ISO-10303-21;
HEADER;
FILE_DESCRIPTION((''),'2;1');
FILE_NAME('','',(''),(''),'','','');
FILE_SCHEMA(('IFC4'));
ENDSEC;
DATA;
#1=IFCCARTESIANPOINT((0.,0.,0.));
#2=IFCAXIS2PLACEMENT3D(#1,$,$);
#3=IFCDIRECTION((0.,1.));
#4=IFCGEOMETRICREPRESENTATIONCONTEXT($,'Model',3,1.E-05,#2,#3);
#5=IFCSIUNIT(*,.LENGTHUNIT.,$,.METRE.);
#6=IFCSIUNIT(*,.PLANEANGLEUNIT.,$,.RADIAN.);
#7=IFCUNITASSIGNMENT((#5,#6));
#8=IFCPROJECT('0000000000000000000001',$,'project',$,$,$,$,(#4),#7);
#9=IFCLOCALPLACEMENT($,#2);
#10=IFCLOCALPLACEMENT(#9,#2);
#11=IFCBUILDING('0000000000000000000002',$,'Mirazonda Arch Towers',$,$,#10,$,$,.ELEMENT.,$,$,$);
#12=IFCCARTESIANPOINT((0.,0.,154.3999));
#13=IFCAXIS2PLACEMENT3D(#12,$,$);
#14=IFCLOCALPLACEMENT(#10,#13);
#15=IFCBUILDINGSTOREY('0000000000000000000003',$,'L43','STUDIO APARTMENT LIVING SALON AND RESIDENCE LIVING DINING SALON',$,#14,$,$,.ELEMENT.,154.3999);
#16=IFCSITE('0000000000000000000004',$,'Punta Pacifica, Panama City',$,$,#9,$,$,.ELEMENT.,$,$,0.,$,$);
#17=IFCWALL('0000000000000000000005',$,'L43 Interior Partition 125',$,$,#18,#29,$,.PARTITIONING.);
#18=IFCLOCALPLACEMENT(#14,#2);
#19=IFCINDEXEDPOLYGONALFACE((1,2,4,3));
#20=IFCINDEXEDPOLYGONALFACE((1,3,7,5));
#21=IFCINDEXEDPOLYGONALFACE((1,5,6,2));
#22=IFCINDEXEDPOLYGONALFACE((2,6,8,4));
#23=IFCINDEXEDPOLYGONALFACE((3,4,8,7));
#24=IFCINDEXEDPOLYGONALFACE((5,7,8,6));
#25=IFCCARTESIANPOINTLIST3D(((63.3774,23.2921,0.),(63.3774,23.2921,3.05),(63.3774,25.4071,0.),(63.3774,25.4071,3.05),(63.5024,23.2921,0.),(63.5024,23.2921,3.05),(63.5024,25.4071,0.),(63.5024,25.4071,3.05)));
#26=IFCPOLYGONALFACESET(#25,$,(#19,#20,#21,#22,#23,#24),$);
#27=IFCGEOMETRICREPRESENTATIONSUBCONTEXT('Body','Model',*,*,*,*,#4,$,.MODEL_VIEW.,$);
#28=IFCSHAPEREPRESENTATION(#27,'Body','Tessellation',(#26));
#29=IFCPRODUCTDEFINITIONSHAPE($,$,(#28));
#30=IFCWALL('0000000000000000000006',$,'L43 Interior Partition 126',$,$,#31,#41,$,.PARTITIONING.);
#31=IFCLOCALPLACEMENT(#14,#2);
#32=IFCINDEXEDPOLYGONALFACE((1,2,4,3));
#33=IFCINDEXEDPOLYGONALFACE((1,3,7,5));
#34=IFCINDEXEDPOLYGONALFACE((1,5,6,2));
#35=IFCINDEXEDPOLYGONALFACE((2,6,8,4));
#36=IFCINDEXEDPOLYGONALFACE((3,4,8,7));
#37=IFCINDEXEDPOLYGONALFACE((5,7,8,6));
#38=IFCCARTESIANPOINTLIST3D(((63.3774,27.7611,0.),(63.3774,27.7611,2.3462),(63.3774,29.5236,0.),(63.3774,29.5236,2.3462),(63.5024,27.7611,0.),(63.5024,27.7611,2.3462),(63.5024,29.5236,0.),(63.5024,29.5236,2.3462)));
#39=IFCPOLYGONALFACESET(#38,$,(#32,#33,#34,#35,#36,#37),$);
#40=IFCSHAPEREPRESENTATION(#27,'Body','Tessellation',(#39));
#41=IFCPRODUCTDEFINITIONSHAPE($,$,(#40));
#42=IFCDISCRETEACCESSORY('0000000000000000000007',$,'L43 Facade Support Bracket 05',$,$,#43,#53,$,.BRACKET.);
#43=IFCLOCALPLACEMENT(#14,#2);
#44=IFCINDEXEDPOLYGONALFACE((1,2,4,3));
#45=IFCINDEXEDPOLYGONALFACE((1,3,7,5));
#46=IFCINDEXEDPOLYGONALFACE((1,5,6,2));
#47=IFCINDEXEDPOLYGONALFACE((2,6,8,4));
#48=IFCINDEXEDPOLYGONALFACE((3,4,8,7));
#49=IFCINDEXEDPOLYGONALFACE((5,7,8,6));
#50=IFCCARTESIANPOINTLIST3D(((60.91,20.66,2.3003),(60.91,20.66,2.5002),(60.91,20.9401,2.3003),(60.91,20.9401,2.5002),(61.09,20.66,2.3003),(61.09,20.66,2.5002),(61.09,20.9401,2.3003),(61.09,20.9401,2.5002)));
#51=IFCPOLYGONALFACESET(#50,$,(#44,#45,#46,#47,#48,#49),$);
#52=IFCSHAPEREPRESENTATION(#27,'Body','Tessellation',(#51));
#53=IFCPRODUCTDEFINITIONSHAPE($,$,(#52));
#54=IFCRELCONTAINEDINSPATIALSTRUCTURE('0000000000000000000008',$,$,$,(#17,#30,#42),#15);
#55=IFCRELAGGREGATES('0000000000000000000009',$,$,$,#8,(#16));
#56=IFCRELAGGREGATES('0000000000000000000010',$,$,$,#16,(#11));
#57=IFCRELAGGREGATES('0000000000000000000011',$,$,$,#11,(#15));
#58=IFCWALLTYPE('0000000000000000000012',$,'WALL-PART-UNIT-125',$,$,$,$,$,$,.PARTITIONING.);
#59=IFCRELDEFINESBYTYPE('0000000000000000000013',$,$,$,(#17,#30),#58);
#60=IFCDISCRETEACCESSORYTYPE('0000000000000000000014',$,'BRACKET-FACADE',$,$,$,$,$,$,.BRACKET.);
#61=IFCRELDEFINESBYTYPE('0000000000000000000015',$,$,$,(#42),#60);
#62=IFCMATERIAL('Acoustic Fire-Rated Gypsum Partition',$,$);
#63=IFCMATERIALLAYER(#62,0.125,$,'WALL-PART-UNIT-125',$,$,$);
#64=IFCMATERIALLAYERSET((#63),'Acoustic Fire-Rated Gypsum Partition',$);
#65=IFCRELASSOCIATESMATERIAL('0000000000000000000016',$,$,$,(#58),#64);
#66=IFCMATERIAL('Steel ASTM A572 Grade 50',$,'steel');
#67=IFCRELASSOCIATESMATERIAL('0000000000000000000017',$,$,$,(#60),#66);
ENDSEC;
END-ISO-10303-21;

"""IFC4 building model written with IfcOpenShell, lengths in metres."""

from ifc_helpers import new_model, si_unit, direction, frame, frame_2d, origin, origin_2d, place, context, subcontext, project, spatial, rectangle, extrude, material, layer, layer_set, type_object, element, save


model = new_model("IFC4")

# Units and contexts
model_context = context("Model", 3, precision=1e-05, world=origin(), true_north=direction((0.0, 1.0)))
body_context = subcontext(model_context, "Body", "Model", "MODEL_VIEW")
ifc_project = project(units=[si_unit("LENGTHUNIT", "METRE"), si_unit("PLANEANGLEUNIT", "RADIAN")], contexts=[model_context])

# Site, building, storey
site_placement = place(None, origin())
site = spatial("IfcSite", under=ifc_project, at=site_placement, Name="Punta Pacifica, Panama City", CompositionType="ELEMENT", RefElevation=0.0)
building_placement = place(site_placement, origin())
building = spatial("IfcBuilding", under=site, at=building_placement, Name="Mirazonda Arch Towers", CompositionType="ELEMENT")
storey_placement = place(building_placement, frame((0.0, 0.0, 154.3999)))
storey = spatial("IfcBuildingStorey", under=building, at=storey_placement, Name="L43", Description="STUDIO APARTMENT LIVING SALON AND RESIDENCE LIVING DINING SALON", CompositionType="ELEMENT", Elevation=154.3999)

# Shared definitions
ifc_material_1 = material(Name="Steel ASTM A572 Grade 50", Category="steel")

# Walls
ifc_material_2 = material(Name="Acoustic Fire-Rated Gypsum Partition")
ifc_layer_1 = layer(ifc_material_2, 0.125, Name="WALL-PART-UNIT-125")
ifc_layer_set_1 = layer_set([ifc_layer_1], Name="Acoustic Fire-Rated Gypsum Partition")
wall_type_1 = type_object("IfcWallType", Name="WALL-PART-UNIT-125", PredefinedType="PARTITIONING", material=ifc_layer_set_1)
wall_1_placement = place(storey_placement, frame((63.4399, 23.292, 0.0), z_axis=(0.0, 0.0, 1.0), x_axis=(0.0, 1.0, 0.0)))
element("IfcWall", 1, at=wall_1_placement, inside=storey, type_object=wall_type_1, Name="L43 Interior Partition 125", PredefinedType="PARTITIONING", context=body_context, shape_type="SweptSolid", body=[
    extrude(rectangle(XDim=2.115, YDim=0.125, at=frame_2d((1.0576, 0.0))), origin(), (0.0, 0.0, 1.0), 3.05),
])
wall_2_placement = place(storey_placement, frame((63.4399, 27.761, 0.0), z_axis=(0.0, 0.0, 1.0), x_axis=(0.0, 1.0, 0.0)))
element("IfcWall", 2, at=wall_2_placement, inside=storey, type_object=wall_type_1, Name="L43 Interior Partition 126", PredefinedType="PARTITIONING", context=body_context, shape_type="SweptSolid", body=[
    extrude(rectangle(XDim=1.7625, YDim=0.125, at=frame_2d((0.8813, 0.0))), origin(), (0.0, 0.0, 1.0), 2.3462),
])

# Discrete accessory
discrete_accessory_type = type_object("IfcDiscreteAccessoryType", Name="BRACKET-FACADE", PredefinedType="BRACKET", material=ifc_material_1)
discrete_accessory_placement = place(storey_placement, frame((61.0, 20.8, 2.3003), z_axis=(0.0, 0.0, 1.0), x_axis=(1.0, 0.0, 0.0)))
element("IfcDiscreteAccessory", 3, at=discrete_accessory_placement, inside=storey, type_object=discrete_accessory_type, Name="L43 Facade Support Bracket 05", PredefinedType="BRACKET", context=body_context, shape_type="SweptSolid", body=[
    extrude(rectangle(XDim=0.1799, YDim=0.28, at=origin_2d()), origin(), (0.0, 0.0, 1.0), 0.2),
])

save(model, "model.ifc")
